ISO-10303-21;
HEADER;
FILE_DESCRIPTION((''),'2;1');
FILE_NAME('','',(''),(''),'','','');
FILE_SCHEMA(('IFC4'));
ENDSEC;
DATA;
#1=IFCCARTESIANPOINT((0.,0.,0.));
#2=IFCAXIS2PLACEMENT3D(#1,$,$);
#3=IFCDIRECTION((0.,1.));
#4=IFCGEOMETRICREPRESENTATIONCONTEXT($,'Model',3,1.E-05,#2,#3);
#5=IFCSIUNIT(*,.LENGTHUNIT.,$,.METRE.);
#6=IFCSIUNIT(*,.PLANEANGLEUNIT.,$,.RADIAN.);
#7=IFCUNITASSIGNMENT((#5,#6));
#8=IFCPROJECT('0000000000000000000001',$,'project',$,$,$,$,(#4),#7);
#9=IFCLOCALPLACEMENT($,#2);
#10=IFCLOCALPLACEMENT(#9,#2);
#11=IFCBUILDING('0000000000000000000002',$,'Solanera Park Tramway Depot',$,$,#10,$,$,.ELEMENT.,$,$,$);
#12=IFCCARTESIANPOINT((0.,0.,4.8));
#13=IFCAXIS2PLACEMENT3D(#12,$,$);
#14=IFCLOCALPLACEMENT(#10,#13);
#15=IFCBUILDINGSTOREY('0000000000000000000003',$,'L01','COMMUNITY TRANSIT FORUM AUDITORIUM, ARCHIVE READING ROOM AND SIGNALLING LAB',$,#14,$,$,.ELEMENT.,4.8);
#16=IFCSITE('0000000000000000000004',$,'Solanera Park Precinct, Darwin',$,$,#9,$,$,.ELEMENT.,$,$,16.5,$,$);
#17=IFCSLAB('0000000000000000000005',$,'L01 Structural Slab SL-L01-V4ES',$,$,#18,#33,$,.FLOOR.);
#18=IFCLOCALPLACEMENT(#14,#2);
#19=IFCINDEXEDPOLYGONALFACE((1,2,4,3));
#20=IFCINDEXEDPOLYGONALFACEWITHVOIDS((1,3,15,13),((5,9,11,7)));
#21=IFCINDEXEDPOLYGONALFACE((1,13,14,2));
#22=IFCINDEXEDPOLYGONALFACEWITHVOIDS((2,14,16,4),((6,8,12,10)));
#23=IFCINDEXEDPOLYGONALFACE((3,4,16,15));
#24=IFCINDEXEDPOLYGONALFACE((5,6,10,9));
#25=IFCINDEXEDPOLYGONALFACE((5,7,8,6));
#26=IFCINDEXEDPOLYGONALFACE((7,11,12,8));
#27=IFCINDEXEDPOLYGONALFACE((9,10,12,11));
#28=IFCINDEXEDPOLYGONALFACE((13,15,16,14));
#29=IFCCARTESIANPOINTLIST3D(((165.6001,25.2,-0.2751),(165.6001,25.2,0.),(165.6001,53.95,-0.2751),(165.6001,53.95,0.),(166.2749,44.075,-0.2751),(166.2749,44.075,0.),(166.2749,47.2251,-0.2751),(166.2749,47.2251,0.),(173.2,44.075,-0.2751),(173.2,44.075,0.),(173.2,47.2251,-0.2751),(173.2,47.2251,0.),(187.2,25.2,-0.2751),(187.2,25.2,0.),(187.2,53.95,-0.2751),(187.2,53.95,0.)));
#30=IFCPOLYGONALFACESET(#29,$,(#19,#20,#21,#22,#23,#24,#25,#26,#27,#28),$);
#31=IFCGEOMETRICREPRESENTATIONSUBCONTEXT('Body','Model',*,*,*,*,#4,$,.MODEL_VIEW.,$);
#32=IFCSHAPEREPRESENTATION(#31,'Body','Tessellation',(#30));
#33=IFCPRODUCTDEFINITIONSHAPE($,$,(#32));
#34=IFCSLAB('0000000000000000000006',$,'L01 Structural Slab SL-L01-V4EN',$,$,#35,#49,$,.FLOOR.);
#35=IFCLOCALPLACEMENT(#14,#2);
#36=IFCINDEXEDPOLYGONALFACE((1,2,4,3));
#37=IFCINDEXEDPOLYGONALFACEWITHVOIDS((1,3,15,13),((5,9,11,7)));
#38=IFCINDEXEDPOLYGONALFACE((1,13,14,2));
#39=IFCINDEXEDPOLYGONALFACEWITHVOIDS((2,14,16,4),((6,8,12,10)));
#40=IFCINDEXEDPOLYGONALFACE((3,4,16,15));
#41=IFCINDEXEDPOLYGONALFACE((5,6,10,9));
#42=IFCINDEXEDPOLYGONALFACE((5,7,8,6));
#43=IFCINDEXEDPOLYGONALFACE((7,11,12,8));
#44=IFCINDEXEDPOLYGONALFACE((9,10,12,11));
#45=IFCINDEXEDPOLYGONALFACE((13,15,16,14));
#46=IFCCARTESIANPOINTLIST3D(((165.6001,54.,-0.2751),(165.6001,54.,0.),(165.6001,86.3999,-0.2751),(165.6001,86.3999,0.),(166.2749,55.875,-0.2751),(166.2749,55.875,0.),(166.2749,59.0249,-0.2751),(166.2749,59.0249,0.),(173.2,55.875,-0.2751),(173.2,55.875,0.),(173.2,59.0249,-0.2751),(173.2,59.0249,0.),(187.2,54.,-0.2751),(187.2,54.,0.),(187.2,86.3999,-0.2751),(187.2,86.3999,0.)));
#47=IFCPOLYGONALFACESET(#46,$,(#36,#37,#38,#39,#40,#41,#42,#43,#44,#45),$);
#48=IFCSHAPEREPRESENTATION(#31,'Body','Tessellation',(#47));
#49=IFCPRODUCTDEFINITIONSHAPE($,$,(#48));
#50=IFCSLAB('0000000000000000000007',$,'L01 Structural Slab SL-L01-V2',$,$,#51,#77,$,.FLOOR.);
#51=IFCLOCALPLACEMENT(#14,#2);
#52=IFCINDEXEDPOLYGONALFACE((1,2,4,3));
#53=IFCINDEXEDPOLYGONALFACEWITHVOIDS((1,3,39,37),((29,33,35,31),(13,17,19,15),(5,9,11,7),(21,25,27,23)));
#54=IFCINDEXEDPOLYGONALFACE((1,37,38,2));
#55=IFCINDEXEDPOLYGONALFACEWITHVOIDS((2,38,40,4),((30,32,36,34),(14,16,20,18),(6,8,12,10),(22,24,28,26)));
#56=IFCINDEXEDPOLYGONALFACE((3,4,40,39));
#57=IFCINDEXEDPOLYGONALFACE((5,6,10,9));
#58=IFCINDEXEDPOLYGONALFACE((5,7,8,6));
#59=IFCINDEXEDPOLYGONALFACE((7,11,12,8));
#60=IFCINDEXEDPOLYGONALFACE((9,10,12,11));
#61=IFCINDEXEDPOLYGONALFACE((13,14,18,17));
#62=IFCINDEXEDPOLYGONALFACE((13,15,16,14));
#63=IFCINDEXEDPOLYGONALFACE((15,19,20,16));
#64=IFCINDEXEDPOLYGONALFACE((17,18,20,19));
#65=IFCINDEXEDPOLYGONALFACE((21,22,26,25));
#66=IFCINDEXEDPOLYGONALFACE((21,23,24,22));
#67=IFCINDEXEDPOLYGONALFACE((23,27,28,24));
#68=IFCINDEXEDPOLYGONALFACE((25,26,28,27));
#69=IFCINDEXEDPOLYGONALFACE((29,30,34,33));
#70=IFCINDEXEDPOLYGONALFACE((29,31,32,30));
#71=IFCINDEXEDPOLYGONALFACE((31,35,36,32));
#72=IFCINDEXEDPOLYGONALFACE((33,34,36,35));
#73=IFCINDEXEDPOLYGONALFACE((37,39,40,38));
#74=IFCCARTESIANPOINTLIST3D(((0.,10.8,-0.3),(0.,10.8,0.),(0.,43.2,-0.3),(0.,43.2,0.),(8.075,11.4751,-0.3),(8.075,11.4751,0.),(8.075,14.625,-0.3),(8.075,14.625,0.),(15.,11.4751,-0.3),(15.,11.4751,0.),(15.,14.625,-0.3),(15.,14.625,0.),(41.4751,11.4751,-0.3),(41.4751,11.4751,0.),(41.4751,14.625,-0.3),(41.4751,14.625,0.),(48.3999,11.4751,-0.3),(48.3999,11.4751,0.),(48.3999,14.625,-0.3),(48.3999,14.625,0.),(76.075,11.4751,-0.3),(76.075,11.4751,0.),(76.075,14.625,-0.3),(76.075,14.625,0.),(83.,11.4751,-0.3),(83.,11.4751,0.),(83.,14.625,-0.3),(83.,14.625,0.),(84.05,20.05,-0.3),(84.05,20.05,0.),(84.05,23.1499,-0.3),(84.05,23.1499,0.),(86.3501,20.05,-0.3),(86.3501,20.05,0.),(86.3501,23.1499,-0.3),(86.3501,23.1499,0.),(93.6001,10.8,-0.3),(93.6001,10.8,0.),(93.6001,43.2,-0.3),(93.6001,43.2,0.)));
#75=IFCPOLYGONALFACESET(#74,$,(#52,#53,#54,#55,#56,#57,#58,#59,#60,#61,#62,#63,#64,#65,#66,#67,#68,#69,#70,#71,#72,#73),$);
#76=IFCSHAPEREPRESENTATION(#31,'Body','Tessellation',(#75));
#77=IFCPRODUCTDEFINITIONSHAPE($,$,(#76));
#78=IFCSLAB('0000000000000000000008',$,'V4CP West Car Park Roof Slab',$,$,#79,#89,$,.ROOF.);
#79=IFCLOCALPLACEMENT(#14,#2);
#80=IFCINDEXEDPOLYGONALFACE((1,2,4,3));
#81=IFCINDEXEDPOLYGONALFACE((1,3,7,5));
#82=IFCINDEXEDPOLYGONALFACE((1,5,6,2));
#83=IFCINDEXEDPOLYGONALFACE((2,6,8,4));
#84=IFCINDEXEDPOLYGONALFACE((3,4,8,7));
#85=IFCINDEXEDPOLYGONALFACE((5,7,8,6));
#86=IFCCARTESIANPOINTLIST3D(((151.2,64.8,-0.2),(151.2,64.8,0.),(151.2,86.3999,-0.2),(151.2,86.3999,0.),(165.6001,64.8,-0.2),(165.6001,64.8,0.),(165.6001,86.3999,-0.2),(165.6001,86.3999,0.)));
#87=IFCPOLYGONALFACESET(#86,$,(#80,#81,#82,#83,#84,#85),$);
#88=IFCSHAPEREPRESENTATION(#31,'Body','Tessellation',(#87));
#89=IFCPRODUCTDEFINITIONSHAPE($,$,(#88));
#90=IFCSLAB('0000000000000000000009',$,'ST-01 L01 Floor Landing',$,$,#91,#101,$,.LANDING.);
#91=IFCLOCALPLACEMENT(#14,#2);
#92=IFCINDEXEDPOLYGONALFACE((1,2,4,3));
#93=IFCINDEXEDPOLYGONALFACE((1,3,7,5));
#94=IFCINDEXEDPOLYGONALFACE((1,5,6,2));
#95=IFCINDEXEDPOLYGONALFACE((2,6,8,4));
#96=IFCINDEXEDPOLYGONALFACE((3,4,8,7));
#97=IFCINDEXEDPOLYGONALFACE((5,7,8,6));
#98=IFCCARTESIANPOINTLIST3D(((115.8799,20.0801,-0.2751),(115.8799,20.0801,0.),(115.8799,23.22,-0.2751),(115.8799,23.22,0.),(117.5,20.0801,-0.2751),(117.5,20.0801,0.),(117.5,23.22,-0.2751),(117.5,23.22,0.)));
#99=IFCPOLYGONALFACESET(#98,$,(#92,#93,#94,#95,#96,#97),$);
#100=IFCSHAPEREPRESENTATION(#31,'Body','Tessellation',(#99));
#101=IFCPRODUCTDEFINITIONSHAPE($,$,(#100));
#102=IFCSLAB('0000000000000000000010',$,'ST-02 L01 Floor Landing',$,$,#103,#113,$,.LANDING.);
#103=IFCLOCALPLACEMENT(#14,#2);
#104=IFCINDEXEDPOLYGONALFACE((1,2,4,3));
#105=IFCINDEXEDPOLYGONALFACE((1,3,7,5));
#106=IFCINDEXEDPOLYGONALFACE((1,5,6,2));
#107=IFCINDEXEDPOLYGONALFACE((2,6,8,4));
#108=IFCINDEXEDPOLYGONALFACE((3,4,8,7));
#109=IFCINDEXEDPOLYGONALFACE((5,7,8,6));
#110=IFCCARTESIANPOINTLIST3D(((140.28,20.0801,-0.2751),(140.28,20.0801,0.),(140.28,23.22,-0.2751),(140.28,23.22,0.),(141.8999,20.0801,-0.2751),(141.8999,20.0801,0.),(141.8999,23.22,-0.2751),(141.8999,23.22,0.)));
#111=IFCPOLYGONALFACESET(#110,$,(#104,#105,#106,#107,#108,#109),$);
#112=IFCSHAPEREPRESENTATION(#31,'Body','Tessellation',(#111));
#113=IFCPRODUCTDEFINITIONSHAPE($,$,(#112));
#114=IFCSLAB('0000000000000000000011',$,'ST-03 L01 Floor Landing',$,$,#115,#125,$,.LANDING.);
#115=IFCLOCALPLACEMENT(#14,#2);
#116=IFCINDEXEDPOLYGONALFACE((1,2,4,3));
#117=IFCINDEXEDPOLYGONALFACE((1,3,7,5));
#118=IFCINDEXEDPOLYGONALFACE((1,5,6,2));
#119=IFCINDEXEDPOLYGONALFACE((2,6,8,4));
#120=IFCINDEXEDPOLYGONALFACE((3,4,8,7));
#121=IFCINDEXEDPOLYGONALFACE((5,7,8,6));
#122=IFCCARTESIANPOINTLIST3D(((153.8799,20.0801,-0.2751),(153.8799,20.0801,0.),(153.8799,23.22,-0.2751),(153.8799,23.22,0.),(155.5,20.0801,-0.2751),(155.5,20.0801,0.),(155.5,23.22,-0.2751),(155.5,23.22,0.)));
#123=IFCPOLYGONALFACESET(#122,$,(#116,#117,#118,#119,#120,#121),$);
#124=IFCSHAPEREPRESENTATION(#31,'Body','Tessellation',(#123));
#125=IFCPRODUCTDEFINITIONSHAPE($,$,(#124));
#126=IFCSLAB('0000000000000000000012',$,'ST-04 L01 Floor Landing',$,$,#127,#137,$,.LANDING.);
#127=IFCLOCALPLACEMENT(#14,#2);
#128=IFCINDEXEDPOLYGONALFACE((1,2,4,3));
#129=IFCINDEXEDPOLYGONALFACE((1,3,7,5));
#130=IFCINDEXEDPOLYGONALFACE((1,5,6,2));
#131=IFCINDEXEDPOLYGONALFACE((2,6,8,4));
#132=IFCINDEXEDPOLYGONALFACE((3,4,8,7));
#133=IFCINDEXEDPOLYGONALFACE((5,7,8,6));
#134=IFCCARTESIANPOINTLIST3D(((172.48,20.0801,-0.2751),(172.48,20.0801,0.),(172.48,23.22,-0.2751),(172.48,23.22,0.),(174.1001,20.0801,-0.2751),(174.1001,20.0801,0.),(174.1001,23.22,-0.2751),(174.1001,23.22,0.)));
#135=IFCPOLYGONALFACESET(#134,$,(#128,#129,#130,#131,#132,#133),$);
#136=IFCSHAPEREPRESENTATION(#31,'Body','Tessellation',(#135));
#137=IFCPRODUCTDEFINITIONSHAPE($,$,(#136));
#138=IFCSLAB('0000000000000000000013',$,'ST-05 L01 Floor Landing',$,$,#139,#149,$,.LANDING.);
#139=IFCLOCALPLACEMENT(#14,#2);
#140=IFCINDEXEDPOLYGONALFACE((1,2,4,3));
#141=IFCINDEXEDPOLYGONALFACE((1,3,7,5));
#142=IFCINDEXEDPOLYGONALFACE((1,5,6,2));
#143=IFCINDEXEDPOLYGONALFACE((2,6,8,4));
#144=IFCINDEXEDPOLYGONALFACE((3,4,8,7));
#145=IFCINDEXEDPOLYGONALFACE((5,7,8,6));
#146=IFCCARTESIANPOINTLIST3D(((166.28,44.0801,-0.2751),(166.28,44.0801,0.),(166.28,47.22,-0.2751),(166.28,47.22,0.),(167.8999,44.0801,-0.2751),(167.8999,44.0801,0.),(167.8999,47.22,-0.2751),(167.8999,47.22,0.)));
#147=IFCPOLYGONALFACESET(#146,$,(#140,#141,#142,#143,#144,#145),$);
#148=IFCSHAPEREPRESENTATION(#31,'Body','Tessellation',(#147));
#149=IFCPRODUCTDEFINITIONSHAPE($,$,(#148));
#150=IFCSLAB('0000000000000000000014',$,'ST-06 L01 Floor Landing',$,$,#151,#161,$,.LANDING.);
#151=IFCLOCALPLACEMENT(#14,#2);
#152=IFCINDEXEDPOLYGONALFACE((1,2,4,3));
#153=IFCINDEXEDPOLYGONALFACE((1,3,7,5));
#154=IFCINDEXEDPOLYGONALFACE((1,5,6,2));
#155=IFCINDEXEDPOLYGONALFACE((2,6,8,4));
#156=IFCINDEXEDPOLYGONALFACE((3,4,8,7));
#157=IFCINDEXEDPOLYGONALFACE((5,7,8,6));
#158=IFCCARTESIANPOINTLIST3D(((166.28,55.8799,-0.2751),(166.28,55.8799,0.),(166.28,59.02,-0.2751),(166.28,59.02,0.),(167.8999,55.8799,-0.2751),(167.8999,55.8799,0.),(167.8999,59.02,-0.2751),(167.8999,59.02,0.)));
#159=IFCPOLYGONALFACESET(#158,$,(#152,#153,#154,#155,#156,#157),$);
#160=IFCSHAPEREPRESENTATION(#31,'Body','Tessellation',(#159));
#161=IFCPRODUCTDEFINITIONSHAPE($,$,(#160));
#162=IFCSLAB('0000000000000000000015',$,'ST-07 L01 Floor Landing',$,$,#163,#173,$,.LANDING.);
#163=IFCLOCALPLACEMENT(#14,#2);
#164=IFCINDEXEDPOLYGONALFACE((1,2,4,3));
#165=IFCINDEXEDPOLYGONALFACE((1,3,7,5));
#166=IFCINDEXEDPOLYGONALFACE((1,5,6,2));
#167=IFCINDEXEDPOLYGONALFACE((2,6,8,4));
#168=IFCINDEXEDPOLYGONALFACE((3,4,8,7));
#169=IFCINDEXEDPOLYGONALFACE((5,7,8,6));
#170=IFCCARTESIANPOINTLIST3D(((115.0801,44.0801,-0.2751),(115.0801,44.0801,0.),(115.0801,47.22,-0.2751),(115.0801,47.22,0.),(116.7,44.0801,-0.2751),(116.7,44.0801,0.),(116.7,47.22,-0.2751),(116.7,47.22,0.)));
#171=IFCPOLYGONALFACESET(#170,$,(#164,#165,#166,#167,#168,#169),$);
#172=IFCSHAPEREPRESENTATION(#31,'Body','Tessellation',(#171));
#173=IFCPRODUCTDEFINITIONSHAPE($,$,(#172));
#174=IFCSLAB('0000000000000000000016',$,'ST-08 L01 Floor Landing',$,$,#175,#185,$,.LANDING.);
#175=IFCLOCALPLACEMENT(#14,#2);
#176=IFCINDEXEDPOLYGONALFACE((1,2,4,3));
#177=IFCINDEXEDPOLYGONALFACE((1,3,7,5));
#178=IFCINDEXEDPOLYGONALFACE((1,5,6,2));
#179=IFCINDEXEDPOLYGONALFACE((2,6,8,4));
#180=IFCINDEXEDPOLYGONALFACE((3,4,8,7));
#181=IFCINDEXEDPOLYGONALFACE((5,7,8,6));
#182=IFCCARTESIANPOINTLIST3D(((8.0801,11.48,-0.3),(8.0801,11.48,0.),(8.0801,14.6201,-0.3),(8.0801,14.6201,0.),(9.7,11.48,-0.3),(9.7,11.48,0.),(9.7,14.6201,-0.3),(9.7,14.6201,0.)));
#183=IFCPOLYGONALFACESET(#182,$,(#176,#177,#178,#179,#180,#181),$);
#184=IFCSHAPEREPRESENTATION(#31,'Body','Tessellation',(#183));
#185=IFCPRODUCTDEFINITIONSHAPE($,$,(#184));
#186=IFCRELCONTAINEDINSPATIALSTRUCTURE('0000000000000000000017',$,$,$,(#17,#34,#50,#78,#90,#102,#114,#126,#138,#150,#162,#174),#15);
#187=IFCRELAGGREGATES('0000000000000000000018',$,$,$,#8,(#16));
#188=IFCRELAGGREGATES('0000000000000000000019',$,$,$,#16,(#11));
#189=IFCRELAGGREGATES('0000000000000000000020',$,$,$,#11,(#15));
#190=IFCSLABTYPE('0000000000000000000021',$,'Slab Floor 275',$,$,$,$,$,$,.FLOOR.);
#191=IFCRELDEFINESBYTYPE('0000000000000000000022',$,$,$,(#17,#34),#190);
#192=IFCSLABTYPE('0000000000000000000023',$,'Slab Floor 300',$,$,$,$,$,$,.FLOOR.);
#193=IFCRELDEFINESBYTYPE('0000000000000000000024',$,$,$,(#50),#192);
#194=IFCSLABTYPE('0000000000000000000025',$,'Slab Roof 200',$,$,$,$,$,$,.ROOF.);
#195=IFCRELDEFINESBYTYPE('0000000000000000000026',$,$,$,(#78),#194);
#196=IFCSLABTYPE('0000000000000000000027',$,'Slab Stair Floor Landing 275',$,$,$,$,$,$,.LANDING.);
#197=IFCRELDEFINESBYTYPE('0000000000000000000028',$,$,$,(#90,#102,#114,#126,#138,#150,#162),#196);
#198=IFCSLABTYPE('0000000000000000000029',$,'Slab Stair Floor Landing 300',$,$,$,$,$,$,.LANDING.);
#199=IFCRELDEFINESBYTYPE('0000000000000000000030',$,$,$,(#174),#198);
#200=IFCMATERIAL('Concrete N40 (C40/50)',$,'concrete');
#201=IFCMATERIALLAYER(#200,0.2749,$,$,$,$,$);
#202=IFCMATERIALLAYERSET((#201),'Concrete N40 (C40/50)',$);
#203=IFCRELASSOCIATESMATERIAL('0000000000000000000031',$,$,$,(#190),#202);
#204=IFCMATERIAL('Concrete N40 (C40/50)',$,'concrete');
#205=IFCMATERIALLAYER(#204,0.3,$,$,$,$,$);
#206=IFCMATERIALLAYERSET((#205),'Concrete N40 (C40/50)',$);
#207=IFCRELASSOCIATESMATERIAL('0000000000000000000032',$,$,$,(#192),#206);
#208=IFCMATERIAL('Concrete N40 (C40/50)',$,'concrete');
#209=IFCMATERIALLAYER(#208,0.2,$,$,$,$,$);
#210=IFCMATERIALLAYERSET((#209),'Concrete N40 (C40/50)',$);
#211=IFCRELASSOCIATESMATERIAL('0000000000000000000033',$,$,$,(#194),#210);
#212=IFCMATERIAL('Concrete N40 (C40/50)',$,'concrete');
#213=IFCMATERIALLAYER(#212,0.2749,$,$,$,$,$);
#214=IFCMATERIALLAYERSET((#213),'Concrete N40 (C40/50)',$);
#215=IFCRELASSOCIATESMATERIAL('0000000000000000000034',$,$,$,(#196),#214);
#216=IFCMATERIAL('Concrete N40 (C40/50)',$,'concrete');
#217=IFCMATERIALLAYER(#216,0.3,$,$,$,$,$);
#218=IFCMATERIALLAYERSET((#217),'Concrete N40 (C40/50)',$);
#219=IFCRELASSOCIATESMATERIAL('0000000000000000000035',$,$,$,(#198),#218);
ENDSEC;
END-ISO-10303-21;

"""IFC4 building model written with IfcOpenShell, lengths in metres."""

from ifc_helpers import new_model, si_unit, direction, frame, origin, place, context, subcontext, project, spatial, polyline, outline, extrude, material, layer, layer_set, type_object, element, save


model = new_model("IFC4")

# Units and contexts
model_context = context("Model", 3, precision=1e-05, world=origin(), true_north=direction((0.0, 1.0)))
body_context = subcontext(model_context, "Body", "Model", "MODEL_VIEW")
ifc_project = project(units=[si_unit("LENGTHUNIT", "METRE"), si_unit("PLANEANGLEUNIT", "RADIAN")], contexts=[model_context])

# Site, building, storey
site_placement = place(None, origin())
site = spatial("IfcSite", under=ifc_project, at=site_placement, Name="Solanera Park Precinct, Darwin", CompositionType="ELEMENT", RefElevation=16.5)
building_placement = place(site_placement, origin())
building = spatial("IfcBuilding", under=site, at=building_placement, Name="Solanera Park Tramway Depot", CompositionType="ELEMENT")
storey_placement = place(building_placement, frame((0.0, 0.0, 4.8)))
storey = spatial("IfcBuildingStorey", under=building, at=storey_placement, Name="L01", Description="COMMUNITY TRANSIT FORUM AUDITORIUM, ARCHIVE READING ROOM AND SIGNALLING LAB", CompositionType="ELEMENT", Elevation=4.8)

# Slabs
ifc_material_1 = material(Name="Concrete N40 (C40/50)", Category="concrete")
ifc_layer_1 = layer(ifc_material_1, 0.2749)
ifc_layer_set_1 = layer_set([ifc_layer_1], Name="Concrete N40 (C40/50)")
slab_type_1 = type_object("IfcSlabType", Name="Slab Floor 275", PredefinedType="FLOOR", material=ifc_layer_set_1)
slab_1_placement = place(storey_placement, frame((0.0, 0.0, -0.2751)))
element("IfcSlab", 1, at=slab_1_placement, inside=storey, type_object=slab_type_1, Name="L01 Structural Slab SL-L01-V4ES", PredefinedType="FLOOR", context=body_context, shape_type="SweptSolid", body=[
    extrude(outline(polyline([(165.6001, 25.2), (165.6001, 53.95), (187.2, 53.95), (187.2, 25.2), (165.6001, 25.2)]), holes=[polyline([(173.2, 47.2251), (166.2749, 47.2251), (166.2749, 44.075), (173.2, 44.075), (173.2, 47.2251)])]), origin(), (0.0, 0.0, 1.0), 0.2751),
])
slab_2_placement = place(storey_placement, frame((0.0, 0.0, -0.2751)))
element("IfcSlab", 2, at=slab_2_placement, inside=storey, type_object=slab_type_1, Name="L01 Structural Slab SL-L01-V4EN", PredefinedType="FLOOR", context=body_context, shape_type="SweptSolid", body=[
    extrude(outline(polyline([(165.6001, 54.0), (165.6001, 86.3999), (187.2, 86.3999), (187.2, 54.0), (165.6001, 54.0)]), holes=[polyline([(173.2, 59.0249), (166.2749, 59.0249), (166.2749, 55.875), (173.2, 55.875), (173.2, 59.0249)])]), origin(), (0.0, 0.0, 1.0), 0.2751),
])
ifc_material_2 = material(Name="Concrete N40 (C40/50)", Category="concrete")
ifc_layer_2 = layer(ifc_material_2, 0.3)
ifc_layer_set_2 = layer_set([ifc_layer_2], Name="Concrete N40 (C40/50)")
slab_type_2 = type_object("IfcSlabType", Name="Slab Floor 300", PredefinedType="FLOOR", material=ifc_layer_set_2)
slab_3_placement = place(storey_placement, frame((0.0, 0.0, -0.3)))
element("IfcSlab", 3, at=slab_3_placement, inside=storey, type_object=slab_type_2, Name="L01 Structural Slab SL-L01-V2", PredefinedType="FLOOR", context=body_context, shape_type="SweptSolid", body=[
    extrude(outline(polyline([(93.6001, 10.8), (0.0, 10.8), (0.0, 43.2), (93.6001, 43.2), (93.6001, 10.8)]), holes=[polyline([(15.0, 11.4751), (15.0, 14.625), (8.075, 14.625), (8.075, 11.4751), (15.0, 11.4751)]), polyline([(76.075, 11.4751), (83.0, 11.4751), (83.0, 14.625), (76.075, 14.625), (76.075, 11.4751)]), polyline([(41.4751, 14.625), (41.4751, 11.4751), (48.3999, 11.4751), (48.3999, 14.625), (41.4751, 14.625)]), polyline([(86.3501, 23.1499), (84.05, 23.1499), (84.05, 20.05), (86.3501, 20.05), (86.3501, 23.1499)])]), origin(), (0.0, 0.0, 1.0), 0.3),
])
ifc_material_3 = material(Name="Concrete N40 (C40/50)", Category="concrete")
ifc_layer_3 = layer(ifc_material_3, 0.2)
ifc_layer_set_3 = layer_set([ifc_layer_3], Name="Concrete N40 (C40/50)")
slab_type_3 = type_object("IfcSlabType", Name="Slab Roof 200", PredefinedType="ROOF", material=ifc_layer_set_3)
slab_4_placement = place(storey_placement, frame((0.0, 0.0, -0.2)))
element("IfcSlab", 4, at=slab_4_placement, inside=storey, type_object=slab_type_3, Name="V4CP West Car Park Roof Slab", PredefinedType="ROOF", context=body_context, shape_type="SweptSolid", body=[
    extrude(outline(polyline([(151.2, 64.8), (165.6001, 64.8), (165.6001, 86.3999), (151.2, 86.3999), (151.2, 64.8)])), origin(), (0.0, 0.0, 1.0), 0.2),
])
ifc_material_4 = material(Name="Concrete N40 (C40/50)", Category="concrete")
ifc_layer_4 = layer(ifc_material_4, 0.2749)
ifc_layer_set_4 = layer_set([ifc_layer_4], Name="Concrete N40 (C40/50)")
slab_type_4 = type_object("IfcSlabType", Name="Slab Stair Floor Landing 275", PredefinedType="LANDING", material=ifc_layer_set_4)
slab_5_placement = place(storey_placement, frame((0.0, 0.0, -0.2751)))
element("IfcSlab", 5, at=slab_5_placement, inside=storey, type_object=slab_type_4, Name="ST-01 L01 Floor Landing", PredefinedType="LANDING", context=body_context, shape_type="SweptSolid", body=[
    extrude(outline(polyline([(115.8799, 20.0801), (117.5, 20.0801), (117.5, 23.22), (115.8799, 23.22), (115.8799, 20.0801)])), origin(), (0.0, 0.0, 1.0), 0.2751),
])
slab_6_placement = place(storey_placement, frame((0.0, 0.0, -0.2751)))
element("IfcSlab", 6, at=slab_6_placement, inside=storey, type_object=slab_type_4, Name="ST-02 L01 Floor Landing", PredefinedType="LANDING", context=body_context, shape_type="SweptSolid", body=[
    extrude(outline(polyline([(140.28, 20.0801), (141.8999, 20.0801), (141.8999, 23.22), (140.28, 23.22), (140.28, 20.0801)])), origin(), (0.0, 0.0, 1.0), 0.2751),
])
slab_7_placement = place(storey_placement, frame((0.0, 0.0, -0.2751)))
element("IfcSlab", 7, at=slab_7_placement, inside=storey, type_object=slab_type_4, Name="ST-03 L01 Floor Landing", PredefinedType="LANDING", context=body_context, shape_type="SweptSolid", body=[
    extrude(outline(polyline([(153.8799, 20.0801), (155.5, 20.0801), (155.5, 23.22), (153.8799, 23.22), (153.8799, 20.0801)])), origin(), (0.0, 0.0, 1.0), 0.2751),
])
slab_8_placement = place(storey_placement, frame((0.0, 0.0, -0.2751)))
element("IfcSlab", 8, at=slab_8_placement, inside=storey, type_object=slab_type_4, Name="ST-04 L01 Floor Landing", PredefinedType="LANDING", context=body_context, shape_type="SweptSolid", body=[
    extrude(outline(polyline([(172.48, 20.0801), (174.1001, 20.0801), (174.1001, 23.22), (172.48, 23.22), (172.48, 20.0801)])), origin(), (0.0, 0.0, 1.0), 0.2751),
])
slab_9_placement = place(storey_placement, frame((0.0, 0.0, -0.2751)))
element("IfcSlab", 9, at=slab_9_placement, inside=storey, type_object=slab_type_4, Name="ST-05 L01 Floor Landing", PredefinedType="LANDING", context=body_context, shape_type="SweptSolid", body=[
    extrude(outline(polyline([(166.28, 44.0801), (167.8999, 44.0801), (167.8999, 47.22), (166.28, 47.22), (166.28, 44.0801)])), origin(), (0.0, 0.0, 1.0), 0.2751),
])
slab_10_placement = place(storey_placement, frame((0.0, 0.0, -0.2751)))
element("IfcSlab", 10, at=slab_10_placement, inside=storey, type_object=slab_type_4, Name="ST-06 L01 Floor Landing", PredefinedType="LANDING", context=body_context, shape_type="SweptSolid", body=[
    extrude(outline(polyline([(166.28, 55.8799), (167.8999, 55.8799), (167.8999, 59.02), (166.28, 59.02), (166.28, 55.8799)])), origin(), (0.0, 0.0, 1.0), 0.2751),
])
slab_11_placement = place(storey_placement, frame((0.0, 0.0, -0.2751)))
element("IfcSlab", 11, at=slab_11_placement, inside=storey, type_object=slab_type_4, Name="ST-07 L01 Floor Landing", PredefinedType="LANDING", context=body_context, shape_type="SweptSolid", body=[
    extrude(outline(polyline([(115.0801, 44.0801), (116.7, 44.0801), (116.7, 47.22), (115.0801, 47.22), (115.0801, 44.0801)])), origin(), (0.0, 0.0, 1.0), 0.2751),
])
ifc_material_5 = material(Name="Concrete N40 (C40/50)", Category="concrete")
ifc_layer_5 = layer(ifc_material_5, 0.3)
ifc_layer_set_5 = layer_set([ifc_layer_5], Name="Concrete N40 (C40/50)")
slab_type_5 = type_object("IfcSlabType", Name="Slab Stair Floor Landing 300", PredefinedType="LANDING", material=ifc_layer_set_5)
slab_12_placement = place(storey_placement, frame((0.0, 0.0, -0.3)))
element("IfcSlab", 12, at=slab_12_placement, inside=storey, type_object=slab_type_5, Name="ST-08 L01 Floor Landing", PredefinedType="LANDING", context=body_context, shape_type="SweptSolid", body=[
    extrude(outline(polyline([(8.0801, 11.48), (9.7, 11.48), (9.7, 14.6201), (8.0801, 14.6201), (8.0801, 11.48)])), origin(), (0.0, 0.0, 1.0), 0.3),
])

save(model, "model.ifc")
